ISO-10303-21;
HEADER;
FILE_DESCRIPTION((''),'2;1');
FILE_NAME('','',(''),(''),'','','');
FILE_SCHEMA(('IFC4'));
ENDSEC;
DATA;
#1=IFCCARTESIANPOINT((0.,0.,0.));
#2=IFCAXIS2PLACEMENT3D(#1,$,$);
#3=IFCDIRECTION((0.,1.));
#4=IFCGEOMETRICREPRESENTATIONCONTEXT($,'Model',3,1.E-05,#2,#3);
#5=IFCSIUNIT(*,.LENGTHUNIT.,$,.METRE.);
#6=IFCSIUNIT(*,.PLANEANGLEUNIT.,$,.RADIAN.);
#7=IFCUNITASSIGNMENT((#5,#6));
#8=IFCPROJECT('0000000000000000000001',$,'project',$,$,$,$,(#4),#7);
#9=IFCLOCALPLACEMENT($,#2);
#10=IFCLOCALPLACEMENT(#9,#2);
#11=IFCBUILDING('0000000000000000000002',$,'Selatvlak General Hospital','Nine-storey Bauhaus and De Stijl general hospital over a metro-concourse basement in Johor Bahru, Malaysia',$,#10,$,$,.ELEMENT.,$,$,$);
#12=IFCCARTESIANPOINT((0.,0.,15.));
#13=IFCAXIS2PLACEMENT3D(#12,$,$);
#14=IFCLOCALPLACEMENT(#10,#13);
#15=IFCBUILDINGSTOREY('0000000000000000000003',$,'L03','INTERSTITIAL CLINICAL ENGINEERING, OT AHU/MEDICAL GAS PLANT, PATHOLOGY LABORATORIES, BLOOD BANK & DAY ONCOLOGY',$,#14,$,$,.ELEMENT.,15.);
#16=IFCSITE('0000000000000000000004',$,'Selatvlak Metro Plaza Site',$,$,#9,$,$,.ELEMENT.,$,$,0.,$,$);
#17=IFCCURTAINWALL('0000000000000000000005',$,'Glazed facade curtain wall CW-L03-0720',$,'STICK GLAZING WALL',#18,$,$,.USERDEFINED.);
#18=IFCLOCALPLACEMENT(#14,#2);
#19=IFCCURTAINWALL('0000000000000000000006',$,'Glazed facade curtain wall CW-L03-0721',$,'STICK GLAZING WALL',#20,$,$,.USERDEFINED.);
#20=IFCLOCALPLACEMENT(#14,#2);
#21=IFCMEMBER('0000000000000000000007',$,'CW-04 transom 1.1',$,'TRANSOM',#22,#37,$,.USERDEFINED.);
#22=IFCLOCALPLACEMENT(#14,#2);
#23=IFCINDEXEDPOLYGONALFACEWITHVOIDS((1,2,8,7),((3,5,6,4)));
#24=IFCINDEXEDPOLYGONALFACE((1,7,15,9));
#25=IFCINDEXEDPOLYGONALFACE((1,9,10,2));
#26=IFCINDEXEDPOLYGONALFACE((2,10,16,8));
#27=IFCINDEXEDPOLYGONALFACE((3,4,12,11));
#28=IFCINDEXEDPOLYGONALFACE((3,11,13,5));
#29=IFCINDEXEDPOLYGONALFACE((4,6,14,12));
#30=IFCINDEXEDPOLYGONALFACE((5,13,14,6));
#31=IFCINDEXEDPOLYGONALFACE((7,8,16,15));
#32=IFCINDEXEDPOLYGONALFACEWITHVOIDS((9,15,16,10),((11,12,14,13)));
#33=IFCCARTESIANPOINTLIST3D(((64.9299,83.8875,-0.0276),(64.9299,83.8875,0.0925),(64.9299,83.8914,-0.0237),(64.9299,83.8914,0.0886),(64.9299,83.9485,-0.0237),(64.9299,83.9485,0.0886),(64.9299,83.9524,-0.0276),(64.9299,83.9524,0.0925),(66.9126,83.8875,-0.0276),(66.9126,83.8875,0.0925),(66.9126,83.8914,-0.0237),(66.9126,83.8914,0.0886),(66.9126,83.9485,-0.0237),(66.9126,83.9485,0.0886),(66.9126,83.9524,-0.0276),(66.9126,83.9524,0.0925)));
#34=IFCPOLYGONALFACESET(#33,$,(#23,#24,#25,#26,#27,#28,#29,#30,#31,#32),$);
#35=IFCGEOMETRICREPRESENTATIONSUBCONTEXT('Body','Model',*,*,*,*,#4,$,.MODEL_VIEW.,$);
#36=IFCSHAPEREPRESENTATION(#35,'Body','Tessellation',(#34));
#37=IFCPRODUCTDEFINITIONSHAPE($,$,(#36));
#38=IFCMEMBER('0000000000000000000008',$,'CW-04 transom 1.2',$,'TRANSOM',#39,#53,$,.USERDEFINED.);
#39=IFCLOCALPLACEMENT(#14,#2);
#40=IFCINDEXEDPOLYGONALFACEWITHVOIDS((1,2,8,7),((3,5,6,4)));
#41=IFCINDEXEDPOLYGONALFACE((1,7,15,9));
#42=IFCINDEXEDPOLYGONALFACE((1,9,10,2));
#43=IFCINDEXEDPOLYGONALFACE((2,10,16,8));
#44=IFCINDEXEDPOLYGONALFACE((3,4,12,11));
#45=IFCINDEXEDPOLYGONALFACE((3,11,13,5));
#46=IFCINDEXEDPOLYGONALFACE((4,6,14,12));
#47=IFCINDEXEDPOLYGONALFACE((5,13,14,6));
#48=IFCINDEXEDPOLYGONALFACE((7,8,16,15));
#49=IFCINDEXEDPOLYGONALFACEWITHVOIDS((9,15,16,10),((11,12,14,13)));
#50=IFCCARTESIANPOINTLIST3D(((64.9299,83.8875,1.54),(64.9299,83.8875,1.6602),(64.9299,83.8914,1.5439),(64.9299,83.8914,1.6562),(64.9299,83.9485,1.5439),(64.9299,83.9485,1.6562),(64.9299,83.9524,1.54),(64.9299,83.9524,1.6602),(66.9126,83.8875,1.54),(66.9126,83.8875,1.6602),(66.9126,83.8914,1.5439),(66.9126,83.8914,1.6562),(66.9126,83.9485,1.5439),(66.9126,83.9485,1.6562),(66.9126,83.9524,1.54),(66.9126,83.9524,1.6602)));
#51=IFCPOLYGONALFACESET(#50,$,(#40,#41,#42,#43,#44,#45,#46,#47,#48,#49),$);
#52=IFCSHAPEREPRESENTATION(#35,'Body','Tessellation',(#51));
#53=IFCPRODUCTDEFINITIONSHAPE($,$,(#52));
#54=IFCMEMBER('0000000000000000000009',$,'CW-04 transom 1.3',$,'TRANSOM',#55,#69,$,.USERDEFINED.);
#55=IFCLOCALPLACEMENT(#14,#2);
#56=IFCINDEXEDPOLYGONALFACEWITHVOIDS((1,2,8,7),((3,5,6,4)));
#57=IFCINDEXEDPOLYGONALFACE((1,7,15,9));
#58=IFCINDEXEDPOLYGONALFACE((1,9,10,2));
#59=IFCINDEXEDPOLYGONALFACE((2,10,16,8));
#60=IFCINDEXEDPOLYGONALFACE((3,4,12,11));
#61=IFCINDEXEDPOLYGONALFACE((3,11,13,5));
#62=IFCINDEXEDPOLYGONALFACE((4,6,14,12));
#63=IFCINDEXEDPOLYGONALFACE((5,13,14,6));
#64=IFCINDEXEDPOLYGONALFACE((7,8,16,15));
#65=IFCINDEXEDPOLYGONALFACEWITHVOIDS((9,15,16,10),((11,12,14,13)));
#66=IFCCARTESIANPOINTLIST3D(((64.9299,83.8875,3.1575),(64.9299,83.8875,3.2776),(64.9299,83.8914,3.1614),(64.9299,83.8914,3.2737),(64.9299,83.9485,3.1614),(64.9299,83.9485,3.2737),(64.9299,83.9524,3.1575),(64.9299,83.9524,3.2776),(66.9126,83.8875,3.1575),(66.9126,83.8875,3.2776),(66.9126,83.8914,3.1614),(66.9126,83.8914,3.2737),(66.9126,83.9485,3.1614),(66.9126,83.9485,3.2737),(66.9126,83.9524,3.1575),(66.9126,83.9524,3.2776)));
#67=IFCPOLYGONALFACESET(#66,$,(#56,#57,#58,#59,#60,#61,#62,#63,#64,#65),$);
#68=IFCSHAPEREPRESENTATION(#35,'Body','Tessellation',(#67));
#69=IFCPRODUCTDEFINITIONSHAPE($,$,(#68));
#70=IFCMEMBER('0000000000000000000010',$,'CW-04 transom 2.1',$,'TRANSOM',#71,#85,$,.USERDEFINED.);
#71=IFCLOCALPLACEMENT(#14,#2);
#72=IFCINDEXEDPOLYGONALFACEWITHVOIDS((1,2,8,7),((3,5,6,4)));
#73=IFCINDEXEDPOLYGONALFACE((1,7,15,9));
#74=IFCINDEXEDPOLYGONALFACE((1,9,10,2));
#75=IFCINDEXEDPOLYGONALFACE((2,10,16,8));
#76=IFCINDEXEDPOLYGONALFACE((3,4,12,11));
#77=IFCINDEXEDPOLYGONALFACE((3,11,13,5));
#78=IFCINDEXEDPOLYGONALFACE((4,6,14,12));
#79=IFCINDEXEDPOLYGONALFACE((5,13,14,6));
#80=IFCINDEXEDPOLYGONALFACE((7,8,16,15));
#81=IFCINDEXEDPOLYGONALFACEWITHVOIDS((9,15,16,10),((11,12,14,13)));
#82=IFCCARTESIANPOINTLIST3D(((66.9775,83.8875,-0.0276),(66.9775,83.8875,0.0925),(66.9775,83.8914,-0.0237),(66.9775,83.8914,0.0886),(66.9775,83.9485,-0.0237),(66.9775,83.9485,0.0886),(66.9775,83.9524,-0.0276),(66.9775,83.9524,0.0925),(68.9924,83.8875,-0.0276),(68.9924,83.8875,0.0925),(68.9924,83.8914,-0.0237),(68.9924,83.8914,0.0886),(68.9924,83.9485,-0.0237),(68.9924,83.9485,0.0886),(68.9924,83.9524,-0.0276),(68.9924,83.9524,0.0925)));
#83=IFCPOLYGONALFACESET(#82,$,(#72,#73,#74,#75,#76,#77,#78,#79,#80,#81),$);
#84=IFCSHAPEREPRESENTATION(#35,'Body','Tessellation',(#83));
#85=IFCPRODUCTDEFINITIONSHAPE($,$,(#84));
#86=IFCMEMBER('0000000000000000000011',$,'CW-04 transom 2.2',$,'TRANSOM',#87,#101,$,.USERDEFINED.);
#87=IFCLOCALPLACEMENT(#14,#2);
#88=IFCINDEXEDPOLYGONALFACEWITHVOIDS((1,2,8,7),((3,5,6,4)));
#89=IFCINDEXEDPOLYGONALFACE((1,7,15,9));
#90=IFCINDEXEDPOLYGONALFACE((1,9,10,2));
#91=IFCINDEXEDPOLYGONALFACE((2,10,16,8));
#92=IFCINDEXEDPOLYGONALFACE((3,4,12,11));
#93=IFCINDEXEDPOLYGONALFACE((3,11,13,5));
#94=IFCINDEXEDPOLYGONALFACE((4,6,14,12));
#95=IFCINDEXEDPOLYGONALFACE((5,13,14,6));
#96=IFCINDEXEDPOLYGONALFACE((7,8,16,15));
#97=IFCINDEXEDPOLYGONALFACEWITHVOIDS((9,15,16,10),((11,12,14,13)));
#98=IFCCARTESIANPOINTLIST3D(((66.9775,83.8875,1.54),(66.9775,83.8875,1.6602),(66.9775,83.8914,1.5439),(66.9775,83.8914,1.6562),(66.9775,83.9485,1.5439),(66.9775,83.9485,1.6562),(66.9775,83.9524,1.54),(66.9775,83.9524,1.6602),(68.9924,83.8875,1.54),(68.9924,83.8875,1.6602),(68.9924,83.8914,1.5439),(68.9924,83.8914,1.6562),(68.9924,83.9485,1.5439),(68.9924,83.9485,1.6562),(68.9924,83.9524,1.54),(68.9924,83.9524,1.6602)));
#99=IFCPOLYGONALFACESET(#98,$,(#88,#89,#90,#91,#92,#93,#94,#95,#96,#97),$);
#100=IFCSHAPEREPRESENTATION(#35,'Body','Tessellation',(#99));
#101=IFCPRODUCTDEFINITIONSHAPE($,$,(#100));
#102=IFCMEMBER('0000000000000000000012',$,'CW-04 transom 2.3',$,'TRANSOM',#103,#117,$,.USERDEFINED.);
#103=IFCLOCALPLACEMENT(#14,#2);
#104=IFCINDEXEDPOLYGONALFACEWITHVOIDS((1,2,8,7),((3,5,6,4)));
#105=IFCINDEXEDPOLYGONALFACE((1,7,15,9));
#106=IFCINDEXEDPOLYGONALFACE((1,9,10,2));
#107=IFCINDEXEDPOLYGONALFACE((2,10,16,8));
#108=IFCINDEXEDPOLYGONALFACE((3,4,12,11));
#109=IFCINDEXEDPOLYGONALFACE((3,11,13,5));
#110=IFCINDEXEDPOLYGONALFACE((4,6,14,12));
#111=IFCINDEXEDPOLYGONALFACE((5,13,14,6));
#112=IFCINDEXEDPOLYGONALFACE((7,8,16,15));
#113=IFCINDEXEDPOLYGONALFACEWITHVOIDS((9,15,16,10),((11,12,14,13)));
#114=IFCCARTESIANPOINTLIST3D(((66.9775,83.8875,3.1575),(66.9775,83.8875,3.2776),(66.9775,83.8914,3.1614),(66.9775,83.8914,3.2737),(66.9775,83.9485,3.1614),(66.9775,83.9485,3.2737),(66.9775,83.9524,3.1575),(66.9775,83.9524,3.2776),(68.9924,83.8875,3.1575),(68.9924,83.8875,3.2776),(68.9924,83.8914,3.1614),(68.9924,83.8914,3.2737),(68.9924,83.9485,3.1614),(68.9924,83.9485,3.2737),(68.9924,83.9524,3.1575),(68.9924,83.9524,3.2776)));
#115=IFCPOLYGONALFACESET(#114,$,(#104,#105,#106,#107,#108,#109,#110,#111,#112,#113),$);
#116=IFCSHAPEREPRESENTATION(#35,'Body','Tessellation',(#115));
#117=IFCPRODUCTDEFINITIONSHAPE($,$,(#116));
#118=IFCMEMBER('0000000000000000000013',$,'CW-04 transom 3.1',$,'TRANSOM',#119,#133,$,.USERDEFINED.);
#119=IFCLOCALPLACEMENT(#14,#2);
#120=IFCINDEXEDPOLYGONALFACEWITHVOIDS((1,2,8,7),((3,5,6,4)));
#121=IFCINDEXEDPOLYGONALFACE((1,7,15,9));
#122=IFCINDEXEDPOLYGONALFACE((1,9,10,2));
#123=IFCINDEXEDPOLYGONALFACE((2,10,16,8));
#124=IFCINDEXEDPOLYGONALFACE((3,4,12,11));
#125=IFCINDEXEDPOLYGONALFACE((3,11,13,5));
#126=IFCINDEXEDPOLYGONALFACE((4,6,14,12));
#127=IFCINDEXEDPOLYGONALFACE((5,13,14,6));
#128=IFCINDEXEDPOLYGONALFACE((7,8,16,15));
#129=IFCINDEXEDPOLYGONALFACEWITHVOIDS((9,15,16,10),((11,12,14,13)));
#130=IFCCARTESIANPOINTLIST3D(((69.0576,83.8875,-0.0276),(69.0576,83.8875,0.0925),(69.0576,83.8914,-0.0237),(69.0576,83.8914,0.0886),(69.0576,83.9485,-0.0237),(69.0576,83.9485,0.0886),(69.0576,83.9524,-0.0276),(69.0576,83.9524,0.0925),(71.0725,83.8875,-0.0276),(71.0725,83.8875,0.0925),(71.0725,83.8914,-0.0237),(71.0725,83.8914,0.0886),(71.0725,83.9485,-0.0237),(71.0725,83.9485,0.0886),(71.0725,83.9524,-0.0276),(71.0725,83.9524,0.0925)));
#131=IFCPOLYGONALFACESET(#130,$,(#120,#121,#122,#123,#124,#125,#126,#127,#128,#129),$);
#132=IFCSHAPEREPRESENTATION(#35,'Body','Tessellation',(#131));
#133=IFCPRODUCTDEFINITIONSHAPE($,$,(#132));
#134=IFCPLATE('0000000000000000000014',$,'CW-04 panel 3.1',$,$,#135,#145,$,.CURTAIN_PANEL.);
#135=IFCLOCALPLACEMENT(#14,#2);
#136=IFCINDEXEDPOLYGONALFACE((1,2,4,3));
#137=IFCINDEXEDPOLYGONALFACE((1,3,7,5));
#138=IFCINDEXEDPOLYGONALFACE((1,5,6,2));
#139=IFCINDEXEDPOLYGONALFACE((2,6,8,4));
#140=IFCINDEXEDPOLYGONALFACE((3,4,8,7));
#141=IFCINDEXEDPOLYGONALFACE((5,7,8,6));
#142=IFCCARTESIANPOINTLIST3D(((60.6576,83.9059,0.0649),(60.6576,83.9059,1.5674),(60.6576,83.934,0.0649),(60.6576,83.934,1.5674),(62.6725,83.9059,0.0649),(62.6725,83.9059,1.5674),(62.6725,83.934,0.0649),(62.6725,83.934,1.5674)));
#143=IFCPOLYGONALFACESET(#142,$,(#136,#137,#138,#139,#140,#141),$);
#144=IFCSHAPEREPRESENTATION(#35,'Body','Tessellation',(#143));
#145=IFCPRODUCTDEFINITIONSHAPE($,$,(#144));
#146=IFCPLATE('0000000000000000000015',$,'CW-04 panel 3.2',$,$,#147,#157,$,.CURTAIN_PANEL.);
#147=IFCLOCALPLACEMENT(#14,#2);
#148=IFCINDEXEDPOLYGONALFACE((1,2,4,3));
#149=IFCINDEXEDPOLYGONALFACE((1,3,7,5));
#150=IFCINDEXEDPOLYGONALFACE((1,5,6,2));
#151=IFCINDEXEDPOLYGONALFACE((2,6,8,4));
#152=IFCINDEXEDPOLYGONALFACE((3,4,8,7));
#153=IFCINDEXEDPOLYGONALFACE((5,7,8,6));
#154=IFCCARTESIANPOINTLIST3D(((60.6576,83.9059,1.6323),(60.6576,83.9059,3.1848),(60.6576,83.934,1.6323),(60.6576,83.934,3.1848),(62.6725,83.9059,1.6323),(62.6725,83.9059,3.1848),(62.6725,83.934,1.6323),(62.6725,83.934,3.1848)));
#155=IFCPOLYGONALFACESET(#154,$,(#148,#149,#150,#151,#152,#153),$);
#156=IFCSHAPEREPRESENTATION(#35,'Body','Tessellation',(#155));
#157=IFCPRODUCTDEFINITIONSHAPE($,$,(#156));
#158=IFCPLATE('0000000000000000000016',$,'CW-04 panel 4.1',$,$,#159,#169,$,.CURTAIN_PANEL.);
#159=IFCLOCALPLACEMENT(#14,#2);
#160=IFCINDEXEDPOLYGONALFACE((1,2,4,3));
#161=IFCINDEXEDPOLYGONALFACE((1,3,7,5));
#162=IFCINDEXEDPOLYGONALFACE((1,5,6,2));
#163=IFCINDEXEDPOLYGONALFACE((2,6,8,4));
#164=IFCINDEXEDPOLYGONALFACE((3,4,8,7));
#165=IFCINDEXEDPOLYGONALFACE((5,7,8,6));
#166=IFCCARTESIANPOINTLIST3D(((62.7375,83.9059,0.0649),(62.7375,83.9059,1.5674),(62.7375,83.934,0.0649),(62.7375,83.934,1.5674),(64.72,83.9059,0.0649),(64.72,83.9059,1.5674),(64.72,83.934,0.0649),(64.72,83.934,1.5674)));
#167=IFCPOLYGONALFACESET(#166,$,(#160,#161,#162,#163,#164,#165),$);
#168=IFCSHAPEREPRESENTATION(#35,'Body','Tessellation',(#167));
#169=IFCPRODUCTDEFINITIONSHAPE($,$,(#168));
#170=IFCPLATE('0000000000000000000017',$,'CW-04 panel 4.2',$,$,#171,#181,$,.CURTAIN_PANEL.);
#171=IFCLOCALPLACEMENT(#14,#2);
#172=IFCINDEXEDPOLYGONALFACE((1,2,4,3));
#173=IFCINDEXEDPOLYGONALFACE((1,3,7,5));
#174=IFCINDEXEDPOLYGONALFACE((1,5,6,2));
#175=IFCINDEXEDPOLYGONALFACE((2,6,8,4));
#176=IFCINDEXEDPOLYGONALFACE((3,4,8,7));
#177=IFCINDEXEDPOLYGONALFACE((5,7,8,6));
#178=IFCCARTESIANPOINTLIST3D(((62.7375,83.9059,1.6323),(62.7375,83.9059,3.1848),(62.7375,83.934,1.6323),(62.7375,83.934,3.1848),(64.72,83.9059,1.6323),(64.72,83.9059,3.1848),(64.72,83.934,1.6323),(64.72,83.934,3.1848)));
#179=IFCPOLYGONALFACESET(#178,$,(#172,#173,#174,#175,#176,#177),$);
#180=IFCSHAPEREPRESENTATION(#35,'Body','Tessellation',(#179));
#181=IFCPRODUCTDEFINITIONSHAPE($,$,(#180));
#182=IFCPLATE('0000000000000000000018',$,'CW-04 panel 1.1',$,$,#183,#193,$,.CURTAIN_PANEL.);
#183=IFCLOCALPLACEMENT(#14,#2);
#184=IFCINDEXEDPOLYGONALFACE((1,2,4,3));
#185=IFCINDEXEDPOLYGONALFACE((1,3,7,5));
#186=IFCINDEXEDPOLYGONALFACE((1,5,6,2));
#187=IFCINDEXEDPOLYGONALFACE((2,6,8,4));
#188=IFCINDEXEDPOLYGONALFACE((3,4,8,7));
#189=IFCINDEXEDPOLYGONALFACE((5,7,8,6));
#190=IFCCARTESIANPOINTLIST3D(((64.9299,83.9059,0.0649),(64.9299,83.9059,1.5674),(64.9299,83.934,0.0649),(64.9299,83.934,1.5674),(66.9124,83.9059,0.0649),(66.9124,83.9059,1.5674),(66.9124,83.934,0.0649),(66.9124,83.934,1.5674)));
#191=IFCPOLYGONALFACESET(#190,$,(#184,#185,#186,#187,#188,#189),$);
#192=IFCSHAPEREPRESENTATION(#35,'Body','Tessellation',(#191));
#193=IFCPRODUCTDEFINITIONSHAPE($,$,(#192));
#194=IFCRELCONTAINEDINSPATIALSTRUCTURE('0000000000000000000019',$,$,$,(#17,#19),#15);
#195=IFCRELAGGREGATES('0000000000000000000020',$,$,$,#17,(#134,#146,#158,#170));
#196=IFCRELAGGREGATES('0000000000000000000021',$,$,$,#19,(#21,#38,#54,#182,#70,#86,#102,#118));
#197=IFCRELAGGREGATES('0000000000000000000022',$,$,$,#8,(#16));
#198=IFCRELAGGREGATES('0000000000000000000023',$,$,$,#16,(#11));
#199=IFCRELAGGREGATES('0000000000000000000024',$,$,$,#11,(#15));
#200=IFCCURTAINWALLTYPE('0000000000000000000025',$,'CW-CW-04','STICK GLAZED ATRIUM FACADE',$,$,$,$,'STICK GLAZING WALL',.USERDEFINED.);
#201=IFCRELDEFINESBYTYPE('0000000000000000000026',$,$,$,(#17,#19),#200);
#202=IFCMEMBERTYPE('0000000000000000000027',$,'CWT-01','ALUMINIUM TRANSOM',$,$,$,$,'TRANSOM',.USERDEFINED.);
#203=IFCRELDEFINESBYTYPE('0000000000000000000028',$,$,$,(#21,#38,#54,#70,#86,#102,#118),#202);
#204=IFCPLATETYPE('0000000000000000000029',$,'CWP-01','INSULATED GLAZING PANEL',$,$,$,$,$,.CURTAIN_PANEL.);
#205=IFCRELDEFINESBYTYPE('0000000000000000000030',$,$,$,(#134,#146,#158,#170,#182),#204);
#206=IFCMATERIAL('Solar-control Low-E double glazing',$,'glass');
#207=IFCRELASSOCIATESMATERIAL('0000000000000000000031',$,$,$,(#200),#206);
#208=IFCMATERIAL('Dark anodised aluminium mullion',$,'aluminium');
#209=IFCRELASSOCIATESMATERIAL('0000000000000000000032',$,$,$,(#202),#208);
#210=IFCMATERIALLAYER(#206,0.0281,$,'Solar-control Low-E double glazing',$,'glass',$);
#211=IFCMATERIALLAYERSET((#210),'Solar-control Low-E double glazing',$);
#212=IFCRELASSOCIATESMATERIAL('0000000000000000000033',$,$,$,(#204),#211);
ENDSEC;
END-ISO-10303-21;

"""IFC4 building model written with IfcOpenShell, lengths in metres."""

from ifc_helpers import new_model, si_unit, direction, frame, origin, origin_2d, place, context, subcontext, project, spatial, rectangle, hollow_rectangle, extrude, material, layer, layer_set, material_profile, profile_set, type_object, element, aggregate, save


model = new_model("IFC4")

# Units and contexts
model_context = context("Model", 3, precision=1e-05, world=origin(), true_north=direction((0.0, 1.0)))
body_context = subcontext(model_context, "Body", "Model", "MODEL_VIEW")
ifc_project = project(units=[si_unit("LENGTHUNIT", "METRE"), si_unit("PLANEANGLEUNIT", "RADIAN")], contexts=[model_context])

# Site, building, storey
site_placement = place(None, origin())
site = spatial("IfcSite", under=ifc_project, at=site_placement, Name="Selatvlak Metro Plaza Site", CompositionType="ELEMENT", RefElevation=0.0)
building_placement = place(site_placement, origin())
building = spatial("IfcBuilding", under=site, at=building_placement, Name="Selatvlak General Hospital", Description="Nine-storey Bauhaus and De Stijl general hospital over a metro-concourse basement in Johor Bahru, Malaysia", CompositionType="ELEMENT")
storey_placement = place(building_placement, frame((0.0, 0.0, 15.0)))
storey = spatial("IfcBuildingStorey", under=building, at=storey_placement, Name="L03", Description="INTERSTITIAL CLINICAL ENGINEERING, OT AHU/MEDICAL GAS PLANT, PATHOLOGY LABORATORIES, BLOOD BANK & DAY ONCOLOGY", CompositionType="ELEMENT", Elevation=15.0)

# Curtain walls
ifc_material_1 = material(Name="Solar-control Low-E double glazing", Category="glass")
curtain_wall_type = type_object("IfcCurtainWallType", Name="CW-CW-04", Description="STICK GLAZED ATRIUM FACADE", ElementType="STICK GLAZING WALL", PredefinedType="USERDEFINED", material=ifc_material_1)
curtain_wall_1_placement = place(storey_placement, origin())
curtain_wall_1 = element("IfcCurtainWall", 1, at=curtain_wall_1_placement, inside=storey, type_object=curtain_wall_type, Name="Glazed facade curtain wall CW-L03-0720", ObjectType="STICK GLAZING WALL", PredefinedType="USERDEFINED")
ifc_material_2 = material(Name="Dark anodised aluminium mullion", Category="aluminium")
curtain_wall_2_placement = place(storey_placement, origin())
curtain_wall_2 = element("IfcCurtainWall", 2, at=curtain_wall_2_placement, inside=storey, type_object=curtain_wall_type, Name="Glazed facade curtain wall CW-L03-0721", ObjectType="STICK GLAZING WALL", PredefinedType="USERDEFINED")

# Members
ifc_material_profile_1 = material_profile(ifc_material_2, hollow_rectangle(XDim=0.0649, YDim=0.1201, WallThickness=0.0039, at=origin_2d()), Name="AL-TRN 65x120x4")
ifc_profile_set_1 = profile_set([ifc_material_profile_1], Name="Dark anodised aluminium mullion")
member_type_1 = type_object("IfcMemberType", Name="CWT-01", Description="ALUMINIUM TRANSOM", ElementType="TRANSOM", PredefinedType="USERDEFINED", material=ifc_profile_set_1)
member_1_placement = place(storey_placement, frame((64.9299, 83.9199, 0.0325), z_axis=(1.0, 0.0, 0.0), x_axis=(0.0, 1.0, 0.0)))
member_1 = element("IfcMember", 3, at=member_1_placement, type_object=member_type_1, Name="CW-04 transom 1.1", ObjectType="TRANSOM", PredefinedType="USERDEFINED", context=body_context, shape_type="SweptSolid", body=[
    extrude(hollow_rectangle(XDim=0.0649, YDim=0.1201, WallThickness=0.0039, at=origin_2d()), origin(), (0.0, 0.0, 1.0), 1.9827),
])
member_2_placement = place(storey_placement, frame((64.9299, 83.9199, 1.6001), z_axis=(1.0, 0.0, 0.0), x_axis=(0.0, 1.0, 0.0)))
member_2 = element("IfcMember", 4, at=member_2_placement, type_object=member_type_1, Name="CW-04 transom 1.2", ObjectType="TRANSOM", PredefinedType="USERDEFINED", context=body_context, shape_type="SweptSolid", body=[
    extrude(hollow_rectangle(XDim=0.0649, YDim=0.1201, WallThickness=0.0039, at=origin_2d()), origin(), (0.0, 0.0, 1.0), 1.9827),
])
member_3_placement = place(storey_placement, frame((64.9299, 83.9199, 3.2175), z_axis=(1.0, 0.0, 0.0), x_axis=(0.0, 1.0, 0.0)))
member_3 = element("IfcMember", 5, at=member_3_placement, type_object=member_type_1, Name="CW-04 transom 1.3", ObjectType="TRANSOM", PredefinedType="USERDEFINED", context=body_context, shape_type="SweptSolid", body=[
    extrude(hollow_rectangle(XDim=0.0649, YDim=0.1201, WallThickness=0.0039, at=origin_2d()), origin(), (0.0, 0.0, 1.0), 1.9827),
])
member_4_placement = place(storey_placement, frame((66.9775, 83.9199, 0.0325), z_axis=(1.0, 0.0, 0.0), x_axis=(0.0, 1.0, 0.0)))
member_4 = element("IfcMember", 6, at=member_4_placement, type_object=member_type_1, Name="CW-04 transom 2.1", ObjectType="TRANSOM", PredefinedType="USERDEFINED", context=body_context, shape_type="SweptSolid", body=[
    extrude(hollow_rectangle(XDim=0.0649, YDim=0.1201, WallThickness=0.0039, at=origin_2d()), origin(), (0.0, 0.0, 1.0), 2.0149),
])
member_5_placement = place(storey_placement, frame((66.9775, 83.9199, 1.6001), z_axis=(1.0, 0.0, 0.0), x_axis=(0.0, 1.0, 0.0)))
member_5 = element("IfcMember", 7, at=member_5_placement, type_object=member_type_1, Name="CW-04 transom 2.2", ObjectType="TRANSOM", PredefinedType="USERDEFINED", context=body_context, shape_type="SweptSolid", body=[
    extrude(hollow_rectangle(XDim=0.0649, YDim=0.1201, WallThickness=0.0039, at=origin_2d()), origin(), (0.0, 0.0, 1.0), 2.0149),
])
member_6_placement = place(storey_placement, frame((66.9775, 83.9199, 3.2175), z_axis=(1.0, 0.0, 0.0), x_axis=(0.0, 1.0, 0.0)))
member_6 = element("IfcMember", 8, at=member_6_placement, type_object=member_type_1, Name="CW-04 transom 2.3", ObjectType="TRANSOM", PredefinedType="USERDEFINED", context=body_context, shape_type="SweptSolid", body=[
    extrude(hollow_rectangle(XDim=0.0649, YDim=0.1201, WallThickness=0.0039, at=origin_2d()), origin(), (0.0, 0.0, 1.0), 2.0149),
])
member_7_placement = place(storey_placement, frame((69.0576, 83.9199, 0.0325), z_axis=(1.0, 0.0, 0.0), x_axis=(0.0, 1.0, 0.0)))
member_7 = element("IfcMember", 9, at=member_7_placement, type_object=member_type_1, Name="CW-04 transom 3.1", ObjectType="TRANSOM", PredefinedType="USERDEFINED", context=body_context, shape_type="SweptSolid", body=[
    extrude(hollow_rectangle(XDim=0.0649, YDim=0.1201, WallThickness=0.0039, at=origin_2d()), origin(), (0.0, 0.0, 1.0), 2.0149),
])

# Plates
ifc_layer_1 = layer(ifc_material_1, 0.0281, Name="Solar-control Low-E double glazing", Category="glass")
ifc_layer_set_1 = layer_set([ifc_layer_1], Name="Solar-control Low-E double glazing")
plate_type = type_object("IfcPlateType", Name="CWP-01", Description="INSULATED GLAZING PANEL", PredefinedType="CURTAIN_PANEL", material=ifc_layer_set_1)
plate_1_placement = place(storey_placement, frame((61.665, 83.9199, 0.0649), z_axis=(0.0, 0.0, 1.0), x_axis=(1.0, 0.0, 0.0)))
plate_1 = element("IfcPlate", 10, at=plate_1_placement, type_object=plate_type, Name="CW-04 panel 3.1", PredefinedType="CURTAIN_PANEL", context=body_context, shape_type="SweptSolid", body=[
    extrude(rectangle(XDim=2.0149, YDim=0.0281, at=origin_2d()), origin(), (0.0, 0.0, 1.0), 1.5024),
])
plate_2_placement = place(storey_placement, frame((61.665, 83.9199, 1.6323), z_axis=(0.0, 0.0, 1.0), x_axis=(1.0, 0.0, 0.0)))
plate_2 = element("IfcPlate", 11, at=plate_2_placement, type_object=plate_type, Name="CW-04 panel 3.2", PredefinedType="CURTAIN_PANEL", context=body_context, shape_type="SweptSolid", body=[
    extrude(rectangle(XDim=2.0149, YDim=0.0281, at=origin_2d()), origin(), (0.0, 0.0, 1.0), 1.5525),
])
plate_3_placement = place(storey_placement, frame((63.7288, 83.9199, 0.0649), z_axis=(0.0, 0.0, 1.0), x_axis=(1.0, 0.0, 0.0)))
plate_3 = element("IfcPlate", 12, at=plate_3_placement, type_object=plate_type, Name="CW-04 panel 4.1", PredefinedType="CURTAIN_PANEL", context=body_context, shape_type="SweptSolid", body=[
    extrude(rectangle(XDim=1.9824, YDim=0.0281, at=origin_2d()), origin(), (0.0, 0.0, 1.0), 1.5024),
])
plate_4_placement = place(storey_placement, frame((63.7288, 83.9199, 1.6323), z_axis=(0.0, 0.0, 1.0), x_axis=(1.0, 0.0, 0.0)))
plate_4 = element("IfcPlate", 13, at=plate_4_placement, type_object=plate_type, Name="CW-04 panel 4.2", PredefinedType="CURTAIN_PANEL", context=body_context, shape_type="SweptSolid", body=[
    extrude(rectangle(XDim=1.9824, YDim=0.0281, at=origin_2d()), origin(), (0.0, 0.0, 1.0), 1.5525),
])
aggregate(curtain_wall_1, [plate_1, plate_2, plate_3, plate_4])
plate_5_placement = place(storey_placement, frame((65.9211, 83.9199, 0.0649), z_axis=(0.0, 0.0, 1.0), x_axis=(1.0, 0.0, 0.0)))
plate_5 = element("IfcPlate", 14, at=plate_5_placement, type_object=plate_type, Name="CW-04 panel 1.1", PredefinedType="CURTAIN_PANEL", context=body_context, shape_type="SweptSolid", body=[
    extrude(rectangle(XDim=1.9824, YDim=0.0281, at=origin_2d()), origin(), (0.0, 0.0, 1.0), 1.5024),
])
aggregate(curtain_wall_2, [member_1, member_2, member_3, plate_5, member_4, member_5, member_6, member_7])

save(model, "model.ifc")
